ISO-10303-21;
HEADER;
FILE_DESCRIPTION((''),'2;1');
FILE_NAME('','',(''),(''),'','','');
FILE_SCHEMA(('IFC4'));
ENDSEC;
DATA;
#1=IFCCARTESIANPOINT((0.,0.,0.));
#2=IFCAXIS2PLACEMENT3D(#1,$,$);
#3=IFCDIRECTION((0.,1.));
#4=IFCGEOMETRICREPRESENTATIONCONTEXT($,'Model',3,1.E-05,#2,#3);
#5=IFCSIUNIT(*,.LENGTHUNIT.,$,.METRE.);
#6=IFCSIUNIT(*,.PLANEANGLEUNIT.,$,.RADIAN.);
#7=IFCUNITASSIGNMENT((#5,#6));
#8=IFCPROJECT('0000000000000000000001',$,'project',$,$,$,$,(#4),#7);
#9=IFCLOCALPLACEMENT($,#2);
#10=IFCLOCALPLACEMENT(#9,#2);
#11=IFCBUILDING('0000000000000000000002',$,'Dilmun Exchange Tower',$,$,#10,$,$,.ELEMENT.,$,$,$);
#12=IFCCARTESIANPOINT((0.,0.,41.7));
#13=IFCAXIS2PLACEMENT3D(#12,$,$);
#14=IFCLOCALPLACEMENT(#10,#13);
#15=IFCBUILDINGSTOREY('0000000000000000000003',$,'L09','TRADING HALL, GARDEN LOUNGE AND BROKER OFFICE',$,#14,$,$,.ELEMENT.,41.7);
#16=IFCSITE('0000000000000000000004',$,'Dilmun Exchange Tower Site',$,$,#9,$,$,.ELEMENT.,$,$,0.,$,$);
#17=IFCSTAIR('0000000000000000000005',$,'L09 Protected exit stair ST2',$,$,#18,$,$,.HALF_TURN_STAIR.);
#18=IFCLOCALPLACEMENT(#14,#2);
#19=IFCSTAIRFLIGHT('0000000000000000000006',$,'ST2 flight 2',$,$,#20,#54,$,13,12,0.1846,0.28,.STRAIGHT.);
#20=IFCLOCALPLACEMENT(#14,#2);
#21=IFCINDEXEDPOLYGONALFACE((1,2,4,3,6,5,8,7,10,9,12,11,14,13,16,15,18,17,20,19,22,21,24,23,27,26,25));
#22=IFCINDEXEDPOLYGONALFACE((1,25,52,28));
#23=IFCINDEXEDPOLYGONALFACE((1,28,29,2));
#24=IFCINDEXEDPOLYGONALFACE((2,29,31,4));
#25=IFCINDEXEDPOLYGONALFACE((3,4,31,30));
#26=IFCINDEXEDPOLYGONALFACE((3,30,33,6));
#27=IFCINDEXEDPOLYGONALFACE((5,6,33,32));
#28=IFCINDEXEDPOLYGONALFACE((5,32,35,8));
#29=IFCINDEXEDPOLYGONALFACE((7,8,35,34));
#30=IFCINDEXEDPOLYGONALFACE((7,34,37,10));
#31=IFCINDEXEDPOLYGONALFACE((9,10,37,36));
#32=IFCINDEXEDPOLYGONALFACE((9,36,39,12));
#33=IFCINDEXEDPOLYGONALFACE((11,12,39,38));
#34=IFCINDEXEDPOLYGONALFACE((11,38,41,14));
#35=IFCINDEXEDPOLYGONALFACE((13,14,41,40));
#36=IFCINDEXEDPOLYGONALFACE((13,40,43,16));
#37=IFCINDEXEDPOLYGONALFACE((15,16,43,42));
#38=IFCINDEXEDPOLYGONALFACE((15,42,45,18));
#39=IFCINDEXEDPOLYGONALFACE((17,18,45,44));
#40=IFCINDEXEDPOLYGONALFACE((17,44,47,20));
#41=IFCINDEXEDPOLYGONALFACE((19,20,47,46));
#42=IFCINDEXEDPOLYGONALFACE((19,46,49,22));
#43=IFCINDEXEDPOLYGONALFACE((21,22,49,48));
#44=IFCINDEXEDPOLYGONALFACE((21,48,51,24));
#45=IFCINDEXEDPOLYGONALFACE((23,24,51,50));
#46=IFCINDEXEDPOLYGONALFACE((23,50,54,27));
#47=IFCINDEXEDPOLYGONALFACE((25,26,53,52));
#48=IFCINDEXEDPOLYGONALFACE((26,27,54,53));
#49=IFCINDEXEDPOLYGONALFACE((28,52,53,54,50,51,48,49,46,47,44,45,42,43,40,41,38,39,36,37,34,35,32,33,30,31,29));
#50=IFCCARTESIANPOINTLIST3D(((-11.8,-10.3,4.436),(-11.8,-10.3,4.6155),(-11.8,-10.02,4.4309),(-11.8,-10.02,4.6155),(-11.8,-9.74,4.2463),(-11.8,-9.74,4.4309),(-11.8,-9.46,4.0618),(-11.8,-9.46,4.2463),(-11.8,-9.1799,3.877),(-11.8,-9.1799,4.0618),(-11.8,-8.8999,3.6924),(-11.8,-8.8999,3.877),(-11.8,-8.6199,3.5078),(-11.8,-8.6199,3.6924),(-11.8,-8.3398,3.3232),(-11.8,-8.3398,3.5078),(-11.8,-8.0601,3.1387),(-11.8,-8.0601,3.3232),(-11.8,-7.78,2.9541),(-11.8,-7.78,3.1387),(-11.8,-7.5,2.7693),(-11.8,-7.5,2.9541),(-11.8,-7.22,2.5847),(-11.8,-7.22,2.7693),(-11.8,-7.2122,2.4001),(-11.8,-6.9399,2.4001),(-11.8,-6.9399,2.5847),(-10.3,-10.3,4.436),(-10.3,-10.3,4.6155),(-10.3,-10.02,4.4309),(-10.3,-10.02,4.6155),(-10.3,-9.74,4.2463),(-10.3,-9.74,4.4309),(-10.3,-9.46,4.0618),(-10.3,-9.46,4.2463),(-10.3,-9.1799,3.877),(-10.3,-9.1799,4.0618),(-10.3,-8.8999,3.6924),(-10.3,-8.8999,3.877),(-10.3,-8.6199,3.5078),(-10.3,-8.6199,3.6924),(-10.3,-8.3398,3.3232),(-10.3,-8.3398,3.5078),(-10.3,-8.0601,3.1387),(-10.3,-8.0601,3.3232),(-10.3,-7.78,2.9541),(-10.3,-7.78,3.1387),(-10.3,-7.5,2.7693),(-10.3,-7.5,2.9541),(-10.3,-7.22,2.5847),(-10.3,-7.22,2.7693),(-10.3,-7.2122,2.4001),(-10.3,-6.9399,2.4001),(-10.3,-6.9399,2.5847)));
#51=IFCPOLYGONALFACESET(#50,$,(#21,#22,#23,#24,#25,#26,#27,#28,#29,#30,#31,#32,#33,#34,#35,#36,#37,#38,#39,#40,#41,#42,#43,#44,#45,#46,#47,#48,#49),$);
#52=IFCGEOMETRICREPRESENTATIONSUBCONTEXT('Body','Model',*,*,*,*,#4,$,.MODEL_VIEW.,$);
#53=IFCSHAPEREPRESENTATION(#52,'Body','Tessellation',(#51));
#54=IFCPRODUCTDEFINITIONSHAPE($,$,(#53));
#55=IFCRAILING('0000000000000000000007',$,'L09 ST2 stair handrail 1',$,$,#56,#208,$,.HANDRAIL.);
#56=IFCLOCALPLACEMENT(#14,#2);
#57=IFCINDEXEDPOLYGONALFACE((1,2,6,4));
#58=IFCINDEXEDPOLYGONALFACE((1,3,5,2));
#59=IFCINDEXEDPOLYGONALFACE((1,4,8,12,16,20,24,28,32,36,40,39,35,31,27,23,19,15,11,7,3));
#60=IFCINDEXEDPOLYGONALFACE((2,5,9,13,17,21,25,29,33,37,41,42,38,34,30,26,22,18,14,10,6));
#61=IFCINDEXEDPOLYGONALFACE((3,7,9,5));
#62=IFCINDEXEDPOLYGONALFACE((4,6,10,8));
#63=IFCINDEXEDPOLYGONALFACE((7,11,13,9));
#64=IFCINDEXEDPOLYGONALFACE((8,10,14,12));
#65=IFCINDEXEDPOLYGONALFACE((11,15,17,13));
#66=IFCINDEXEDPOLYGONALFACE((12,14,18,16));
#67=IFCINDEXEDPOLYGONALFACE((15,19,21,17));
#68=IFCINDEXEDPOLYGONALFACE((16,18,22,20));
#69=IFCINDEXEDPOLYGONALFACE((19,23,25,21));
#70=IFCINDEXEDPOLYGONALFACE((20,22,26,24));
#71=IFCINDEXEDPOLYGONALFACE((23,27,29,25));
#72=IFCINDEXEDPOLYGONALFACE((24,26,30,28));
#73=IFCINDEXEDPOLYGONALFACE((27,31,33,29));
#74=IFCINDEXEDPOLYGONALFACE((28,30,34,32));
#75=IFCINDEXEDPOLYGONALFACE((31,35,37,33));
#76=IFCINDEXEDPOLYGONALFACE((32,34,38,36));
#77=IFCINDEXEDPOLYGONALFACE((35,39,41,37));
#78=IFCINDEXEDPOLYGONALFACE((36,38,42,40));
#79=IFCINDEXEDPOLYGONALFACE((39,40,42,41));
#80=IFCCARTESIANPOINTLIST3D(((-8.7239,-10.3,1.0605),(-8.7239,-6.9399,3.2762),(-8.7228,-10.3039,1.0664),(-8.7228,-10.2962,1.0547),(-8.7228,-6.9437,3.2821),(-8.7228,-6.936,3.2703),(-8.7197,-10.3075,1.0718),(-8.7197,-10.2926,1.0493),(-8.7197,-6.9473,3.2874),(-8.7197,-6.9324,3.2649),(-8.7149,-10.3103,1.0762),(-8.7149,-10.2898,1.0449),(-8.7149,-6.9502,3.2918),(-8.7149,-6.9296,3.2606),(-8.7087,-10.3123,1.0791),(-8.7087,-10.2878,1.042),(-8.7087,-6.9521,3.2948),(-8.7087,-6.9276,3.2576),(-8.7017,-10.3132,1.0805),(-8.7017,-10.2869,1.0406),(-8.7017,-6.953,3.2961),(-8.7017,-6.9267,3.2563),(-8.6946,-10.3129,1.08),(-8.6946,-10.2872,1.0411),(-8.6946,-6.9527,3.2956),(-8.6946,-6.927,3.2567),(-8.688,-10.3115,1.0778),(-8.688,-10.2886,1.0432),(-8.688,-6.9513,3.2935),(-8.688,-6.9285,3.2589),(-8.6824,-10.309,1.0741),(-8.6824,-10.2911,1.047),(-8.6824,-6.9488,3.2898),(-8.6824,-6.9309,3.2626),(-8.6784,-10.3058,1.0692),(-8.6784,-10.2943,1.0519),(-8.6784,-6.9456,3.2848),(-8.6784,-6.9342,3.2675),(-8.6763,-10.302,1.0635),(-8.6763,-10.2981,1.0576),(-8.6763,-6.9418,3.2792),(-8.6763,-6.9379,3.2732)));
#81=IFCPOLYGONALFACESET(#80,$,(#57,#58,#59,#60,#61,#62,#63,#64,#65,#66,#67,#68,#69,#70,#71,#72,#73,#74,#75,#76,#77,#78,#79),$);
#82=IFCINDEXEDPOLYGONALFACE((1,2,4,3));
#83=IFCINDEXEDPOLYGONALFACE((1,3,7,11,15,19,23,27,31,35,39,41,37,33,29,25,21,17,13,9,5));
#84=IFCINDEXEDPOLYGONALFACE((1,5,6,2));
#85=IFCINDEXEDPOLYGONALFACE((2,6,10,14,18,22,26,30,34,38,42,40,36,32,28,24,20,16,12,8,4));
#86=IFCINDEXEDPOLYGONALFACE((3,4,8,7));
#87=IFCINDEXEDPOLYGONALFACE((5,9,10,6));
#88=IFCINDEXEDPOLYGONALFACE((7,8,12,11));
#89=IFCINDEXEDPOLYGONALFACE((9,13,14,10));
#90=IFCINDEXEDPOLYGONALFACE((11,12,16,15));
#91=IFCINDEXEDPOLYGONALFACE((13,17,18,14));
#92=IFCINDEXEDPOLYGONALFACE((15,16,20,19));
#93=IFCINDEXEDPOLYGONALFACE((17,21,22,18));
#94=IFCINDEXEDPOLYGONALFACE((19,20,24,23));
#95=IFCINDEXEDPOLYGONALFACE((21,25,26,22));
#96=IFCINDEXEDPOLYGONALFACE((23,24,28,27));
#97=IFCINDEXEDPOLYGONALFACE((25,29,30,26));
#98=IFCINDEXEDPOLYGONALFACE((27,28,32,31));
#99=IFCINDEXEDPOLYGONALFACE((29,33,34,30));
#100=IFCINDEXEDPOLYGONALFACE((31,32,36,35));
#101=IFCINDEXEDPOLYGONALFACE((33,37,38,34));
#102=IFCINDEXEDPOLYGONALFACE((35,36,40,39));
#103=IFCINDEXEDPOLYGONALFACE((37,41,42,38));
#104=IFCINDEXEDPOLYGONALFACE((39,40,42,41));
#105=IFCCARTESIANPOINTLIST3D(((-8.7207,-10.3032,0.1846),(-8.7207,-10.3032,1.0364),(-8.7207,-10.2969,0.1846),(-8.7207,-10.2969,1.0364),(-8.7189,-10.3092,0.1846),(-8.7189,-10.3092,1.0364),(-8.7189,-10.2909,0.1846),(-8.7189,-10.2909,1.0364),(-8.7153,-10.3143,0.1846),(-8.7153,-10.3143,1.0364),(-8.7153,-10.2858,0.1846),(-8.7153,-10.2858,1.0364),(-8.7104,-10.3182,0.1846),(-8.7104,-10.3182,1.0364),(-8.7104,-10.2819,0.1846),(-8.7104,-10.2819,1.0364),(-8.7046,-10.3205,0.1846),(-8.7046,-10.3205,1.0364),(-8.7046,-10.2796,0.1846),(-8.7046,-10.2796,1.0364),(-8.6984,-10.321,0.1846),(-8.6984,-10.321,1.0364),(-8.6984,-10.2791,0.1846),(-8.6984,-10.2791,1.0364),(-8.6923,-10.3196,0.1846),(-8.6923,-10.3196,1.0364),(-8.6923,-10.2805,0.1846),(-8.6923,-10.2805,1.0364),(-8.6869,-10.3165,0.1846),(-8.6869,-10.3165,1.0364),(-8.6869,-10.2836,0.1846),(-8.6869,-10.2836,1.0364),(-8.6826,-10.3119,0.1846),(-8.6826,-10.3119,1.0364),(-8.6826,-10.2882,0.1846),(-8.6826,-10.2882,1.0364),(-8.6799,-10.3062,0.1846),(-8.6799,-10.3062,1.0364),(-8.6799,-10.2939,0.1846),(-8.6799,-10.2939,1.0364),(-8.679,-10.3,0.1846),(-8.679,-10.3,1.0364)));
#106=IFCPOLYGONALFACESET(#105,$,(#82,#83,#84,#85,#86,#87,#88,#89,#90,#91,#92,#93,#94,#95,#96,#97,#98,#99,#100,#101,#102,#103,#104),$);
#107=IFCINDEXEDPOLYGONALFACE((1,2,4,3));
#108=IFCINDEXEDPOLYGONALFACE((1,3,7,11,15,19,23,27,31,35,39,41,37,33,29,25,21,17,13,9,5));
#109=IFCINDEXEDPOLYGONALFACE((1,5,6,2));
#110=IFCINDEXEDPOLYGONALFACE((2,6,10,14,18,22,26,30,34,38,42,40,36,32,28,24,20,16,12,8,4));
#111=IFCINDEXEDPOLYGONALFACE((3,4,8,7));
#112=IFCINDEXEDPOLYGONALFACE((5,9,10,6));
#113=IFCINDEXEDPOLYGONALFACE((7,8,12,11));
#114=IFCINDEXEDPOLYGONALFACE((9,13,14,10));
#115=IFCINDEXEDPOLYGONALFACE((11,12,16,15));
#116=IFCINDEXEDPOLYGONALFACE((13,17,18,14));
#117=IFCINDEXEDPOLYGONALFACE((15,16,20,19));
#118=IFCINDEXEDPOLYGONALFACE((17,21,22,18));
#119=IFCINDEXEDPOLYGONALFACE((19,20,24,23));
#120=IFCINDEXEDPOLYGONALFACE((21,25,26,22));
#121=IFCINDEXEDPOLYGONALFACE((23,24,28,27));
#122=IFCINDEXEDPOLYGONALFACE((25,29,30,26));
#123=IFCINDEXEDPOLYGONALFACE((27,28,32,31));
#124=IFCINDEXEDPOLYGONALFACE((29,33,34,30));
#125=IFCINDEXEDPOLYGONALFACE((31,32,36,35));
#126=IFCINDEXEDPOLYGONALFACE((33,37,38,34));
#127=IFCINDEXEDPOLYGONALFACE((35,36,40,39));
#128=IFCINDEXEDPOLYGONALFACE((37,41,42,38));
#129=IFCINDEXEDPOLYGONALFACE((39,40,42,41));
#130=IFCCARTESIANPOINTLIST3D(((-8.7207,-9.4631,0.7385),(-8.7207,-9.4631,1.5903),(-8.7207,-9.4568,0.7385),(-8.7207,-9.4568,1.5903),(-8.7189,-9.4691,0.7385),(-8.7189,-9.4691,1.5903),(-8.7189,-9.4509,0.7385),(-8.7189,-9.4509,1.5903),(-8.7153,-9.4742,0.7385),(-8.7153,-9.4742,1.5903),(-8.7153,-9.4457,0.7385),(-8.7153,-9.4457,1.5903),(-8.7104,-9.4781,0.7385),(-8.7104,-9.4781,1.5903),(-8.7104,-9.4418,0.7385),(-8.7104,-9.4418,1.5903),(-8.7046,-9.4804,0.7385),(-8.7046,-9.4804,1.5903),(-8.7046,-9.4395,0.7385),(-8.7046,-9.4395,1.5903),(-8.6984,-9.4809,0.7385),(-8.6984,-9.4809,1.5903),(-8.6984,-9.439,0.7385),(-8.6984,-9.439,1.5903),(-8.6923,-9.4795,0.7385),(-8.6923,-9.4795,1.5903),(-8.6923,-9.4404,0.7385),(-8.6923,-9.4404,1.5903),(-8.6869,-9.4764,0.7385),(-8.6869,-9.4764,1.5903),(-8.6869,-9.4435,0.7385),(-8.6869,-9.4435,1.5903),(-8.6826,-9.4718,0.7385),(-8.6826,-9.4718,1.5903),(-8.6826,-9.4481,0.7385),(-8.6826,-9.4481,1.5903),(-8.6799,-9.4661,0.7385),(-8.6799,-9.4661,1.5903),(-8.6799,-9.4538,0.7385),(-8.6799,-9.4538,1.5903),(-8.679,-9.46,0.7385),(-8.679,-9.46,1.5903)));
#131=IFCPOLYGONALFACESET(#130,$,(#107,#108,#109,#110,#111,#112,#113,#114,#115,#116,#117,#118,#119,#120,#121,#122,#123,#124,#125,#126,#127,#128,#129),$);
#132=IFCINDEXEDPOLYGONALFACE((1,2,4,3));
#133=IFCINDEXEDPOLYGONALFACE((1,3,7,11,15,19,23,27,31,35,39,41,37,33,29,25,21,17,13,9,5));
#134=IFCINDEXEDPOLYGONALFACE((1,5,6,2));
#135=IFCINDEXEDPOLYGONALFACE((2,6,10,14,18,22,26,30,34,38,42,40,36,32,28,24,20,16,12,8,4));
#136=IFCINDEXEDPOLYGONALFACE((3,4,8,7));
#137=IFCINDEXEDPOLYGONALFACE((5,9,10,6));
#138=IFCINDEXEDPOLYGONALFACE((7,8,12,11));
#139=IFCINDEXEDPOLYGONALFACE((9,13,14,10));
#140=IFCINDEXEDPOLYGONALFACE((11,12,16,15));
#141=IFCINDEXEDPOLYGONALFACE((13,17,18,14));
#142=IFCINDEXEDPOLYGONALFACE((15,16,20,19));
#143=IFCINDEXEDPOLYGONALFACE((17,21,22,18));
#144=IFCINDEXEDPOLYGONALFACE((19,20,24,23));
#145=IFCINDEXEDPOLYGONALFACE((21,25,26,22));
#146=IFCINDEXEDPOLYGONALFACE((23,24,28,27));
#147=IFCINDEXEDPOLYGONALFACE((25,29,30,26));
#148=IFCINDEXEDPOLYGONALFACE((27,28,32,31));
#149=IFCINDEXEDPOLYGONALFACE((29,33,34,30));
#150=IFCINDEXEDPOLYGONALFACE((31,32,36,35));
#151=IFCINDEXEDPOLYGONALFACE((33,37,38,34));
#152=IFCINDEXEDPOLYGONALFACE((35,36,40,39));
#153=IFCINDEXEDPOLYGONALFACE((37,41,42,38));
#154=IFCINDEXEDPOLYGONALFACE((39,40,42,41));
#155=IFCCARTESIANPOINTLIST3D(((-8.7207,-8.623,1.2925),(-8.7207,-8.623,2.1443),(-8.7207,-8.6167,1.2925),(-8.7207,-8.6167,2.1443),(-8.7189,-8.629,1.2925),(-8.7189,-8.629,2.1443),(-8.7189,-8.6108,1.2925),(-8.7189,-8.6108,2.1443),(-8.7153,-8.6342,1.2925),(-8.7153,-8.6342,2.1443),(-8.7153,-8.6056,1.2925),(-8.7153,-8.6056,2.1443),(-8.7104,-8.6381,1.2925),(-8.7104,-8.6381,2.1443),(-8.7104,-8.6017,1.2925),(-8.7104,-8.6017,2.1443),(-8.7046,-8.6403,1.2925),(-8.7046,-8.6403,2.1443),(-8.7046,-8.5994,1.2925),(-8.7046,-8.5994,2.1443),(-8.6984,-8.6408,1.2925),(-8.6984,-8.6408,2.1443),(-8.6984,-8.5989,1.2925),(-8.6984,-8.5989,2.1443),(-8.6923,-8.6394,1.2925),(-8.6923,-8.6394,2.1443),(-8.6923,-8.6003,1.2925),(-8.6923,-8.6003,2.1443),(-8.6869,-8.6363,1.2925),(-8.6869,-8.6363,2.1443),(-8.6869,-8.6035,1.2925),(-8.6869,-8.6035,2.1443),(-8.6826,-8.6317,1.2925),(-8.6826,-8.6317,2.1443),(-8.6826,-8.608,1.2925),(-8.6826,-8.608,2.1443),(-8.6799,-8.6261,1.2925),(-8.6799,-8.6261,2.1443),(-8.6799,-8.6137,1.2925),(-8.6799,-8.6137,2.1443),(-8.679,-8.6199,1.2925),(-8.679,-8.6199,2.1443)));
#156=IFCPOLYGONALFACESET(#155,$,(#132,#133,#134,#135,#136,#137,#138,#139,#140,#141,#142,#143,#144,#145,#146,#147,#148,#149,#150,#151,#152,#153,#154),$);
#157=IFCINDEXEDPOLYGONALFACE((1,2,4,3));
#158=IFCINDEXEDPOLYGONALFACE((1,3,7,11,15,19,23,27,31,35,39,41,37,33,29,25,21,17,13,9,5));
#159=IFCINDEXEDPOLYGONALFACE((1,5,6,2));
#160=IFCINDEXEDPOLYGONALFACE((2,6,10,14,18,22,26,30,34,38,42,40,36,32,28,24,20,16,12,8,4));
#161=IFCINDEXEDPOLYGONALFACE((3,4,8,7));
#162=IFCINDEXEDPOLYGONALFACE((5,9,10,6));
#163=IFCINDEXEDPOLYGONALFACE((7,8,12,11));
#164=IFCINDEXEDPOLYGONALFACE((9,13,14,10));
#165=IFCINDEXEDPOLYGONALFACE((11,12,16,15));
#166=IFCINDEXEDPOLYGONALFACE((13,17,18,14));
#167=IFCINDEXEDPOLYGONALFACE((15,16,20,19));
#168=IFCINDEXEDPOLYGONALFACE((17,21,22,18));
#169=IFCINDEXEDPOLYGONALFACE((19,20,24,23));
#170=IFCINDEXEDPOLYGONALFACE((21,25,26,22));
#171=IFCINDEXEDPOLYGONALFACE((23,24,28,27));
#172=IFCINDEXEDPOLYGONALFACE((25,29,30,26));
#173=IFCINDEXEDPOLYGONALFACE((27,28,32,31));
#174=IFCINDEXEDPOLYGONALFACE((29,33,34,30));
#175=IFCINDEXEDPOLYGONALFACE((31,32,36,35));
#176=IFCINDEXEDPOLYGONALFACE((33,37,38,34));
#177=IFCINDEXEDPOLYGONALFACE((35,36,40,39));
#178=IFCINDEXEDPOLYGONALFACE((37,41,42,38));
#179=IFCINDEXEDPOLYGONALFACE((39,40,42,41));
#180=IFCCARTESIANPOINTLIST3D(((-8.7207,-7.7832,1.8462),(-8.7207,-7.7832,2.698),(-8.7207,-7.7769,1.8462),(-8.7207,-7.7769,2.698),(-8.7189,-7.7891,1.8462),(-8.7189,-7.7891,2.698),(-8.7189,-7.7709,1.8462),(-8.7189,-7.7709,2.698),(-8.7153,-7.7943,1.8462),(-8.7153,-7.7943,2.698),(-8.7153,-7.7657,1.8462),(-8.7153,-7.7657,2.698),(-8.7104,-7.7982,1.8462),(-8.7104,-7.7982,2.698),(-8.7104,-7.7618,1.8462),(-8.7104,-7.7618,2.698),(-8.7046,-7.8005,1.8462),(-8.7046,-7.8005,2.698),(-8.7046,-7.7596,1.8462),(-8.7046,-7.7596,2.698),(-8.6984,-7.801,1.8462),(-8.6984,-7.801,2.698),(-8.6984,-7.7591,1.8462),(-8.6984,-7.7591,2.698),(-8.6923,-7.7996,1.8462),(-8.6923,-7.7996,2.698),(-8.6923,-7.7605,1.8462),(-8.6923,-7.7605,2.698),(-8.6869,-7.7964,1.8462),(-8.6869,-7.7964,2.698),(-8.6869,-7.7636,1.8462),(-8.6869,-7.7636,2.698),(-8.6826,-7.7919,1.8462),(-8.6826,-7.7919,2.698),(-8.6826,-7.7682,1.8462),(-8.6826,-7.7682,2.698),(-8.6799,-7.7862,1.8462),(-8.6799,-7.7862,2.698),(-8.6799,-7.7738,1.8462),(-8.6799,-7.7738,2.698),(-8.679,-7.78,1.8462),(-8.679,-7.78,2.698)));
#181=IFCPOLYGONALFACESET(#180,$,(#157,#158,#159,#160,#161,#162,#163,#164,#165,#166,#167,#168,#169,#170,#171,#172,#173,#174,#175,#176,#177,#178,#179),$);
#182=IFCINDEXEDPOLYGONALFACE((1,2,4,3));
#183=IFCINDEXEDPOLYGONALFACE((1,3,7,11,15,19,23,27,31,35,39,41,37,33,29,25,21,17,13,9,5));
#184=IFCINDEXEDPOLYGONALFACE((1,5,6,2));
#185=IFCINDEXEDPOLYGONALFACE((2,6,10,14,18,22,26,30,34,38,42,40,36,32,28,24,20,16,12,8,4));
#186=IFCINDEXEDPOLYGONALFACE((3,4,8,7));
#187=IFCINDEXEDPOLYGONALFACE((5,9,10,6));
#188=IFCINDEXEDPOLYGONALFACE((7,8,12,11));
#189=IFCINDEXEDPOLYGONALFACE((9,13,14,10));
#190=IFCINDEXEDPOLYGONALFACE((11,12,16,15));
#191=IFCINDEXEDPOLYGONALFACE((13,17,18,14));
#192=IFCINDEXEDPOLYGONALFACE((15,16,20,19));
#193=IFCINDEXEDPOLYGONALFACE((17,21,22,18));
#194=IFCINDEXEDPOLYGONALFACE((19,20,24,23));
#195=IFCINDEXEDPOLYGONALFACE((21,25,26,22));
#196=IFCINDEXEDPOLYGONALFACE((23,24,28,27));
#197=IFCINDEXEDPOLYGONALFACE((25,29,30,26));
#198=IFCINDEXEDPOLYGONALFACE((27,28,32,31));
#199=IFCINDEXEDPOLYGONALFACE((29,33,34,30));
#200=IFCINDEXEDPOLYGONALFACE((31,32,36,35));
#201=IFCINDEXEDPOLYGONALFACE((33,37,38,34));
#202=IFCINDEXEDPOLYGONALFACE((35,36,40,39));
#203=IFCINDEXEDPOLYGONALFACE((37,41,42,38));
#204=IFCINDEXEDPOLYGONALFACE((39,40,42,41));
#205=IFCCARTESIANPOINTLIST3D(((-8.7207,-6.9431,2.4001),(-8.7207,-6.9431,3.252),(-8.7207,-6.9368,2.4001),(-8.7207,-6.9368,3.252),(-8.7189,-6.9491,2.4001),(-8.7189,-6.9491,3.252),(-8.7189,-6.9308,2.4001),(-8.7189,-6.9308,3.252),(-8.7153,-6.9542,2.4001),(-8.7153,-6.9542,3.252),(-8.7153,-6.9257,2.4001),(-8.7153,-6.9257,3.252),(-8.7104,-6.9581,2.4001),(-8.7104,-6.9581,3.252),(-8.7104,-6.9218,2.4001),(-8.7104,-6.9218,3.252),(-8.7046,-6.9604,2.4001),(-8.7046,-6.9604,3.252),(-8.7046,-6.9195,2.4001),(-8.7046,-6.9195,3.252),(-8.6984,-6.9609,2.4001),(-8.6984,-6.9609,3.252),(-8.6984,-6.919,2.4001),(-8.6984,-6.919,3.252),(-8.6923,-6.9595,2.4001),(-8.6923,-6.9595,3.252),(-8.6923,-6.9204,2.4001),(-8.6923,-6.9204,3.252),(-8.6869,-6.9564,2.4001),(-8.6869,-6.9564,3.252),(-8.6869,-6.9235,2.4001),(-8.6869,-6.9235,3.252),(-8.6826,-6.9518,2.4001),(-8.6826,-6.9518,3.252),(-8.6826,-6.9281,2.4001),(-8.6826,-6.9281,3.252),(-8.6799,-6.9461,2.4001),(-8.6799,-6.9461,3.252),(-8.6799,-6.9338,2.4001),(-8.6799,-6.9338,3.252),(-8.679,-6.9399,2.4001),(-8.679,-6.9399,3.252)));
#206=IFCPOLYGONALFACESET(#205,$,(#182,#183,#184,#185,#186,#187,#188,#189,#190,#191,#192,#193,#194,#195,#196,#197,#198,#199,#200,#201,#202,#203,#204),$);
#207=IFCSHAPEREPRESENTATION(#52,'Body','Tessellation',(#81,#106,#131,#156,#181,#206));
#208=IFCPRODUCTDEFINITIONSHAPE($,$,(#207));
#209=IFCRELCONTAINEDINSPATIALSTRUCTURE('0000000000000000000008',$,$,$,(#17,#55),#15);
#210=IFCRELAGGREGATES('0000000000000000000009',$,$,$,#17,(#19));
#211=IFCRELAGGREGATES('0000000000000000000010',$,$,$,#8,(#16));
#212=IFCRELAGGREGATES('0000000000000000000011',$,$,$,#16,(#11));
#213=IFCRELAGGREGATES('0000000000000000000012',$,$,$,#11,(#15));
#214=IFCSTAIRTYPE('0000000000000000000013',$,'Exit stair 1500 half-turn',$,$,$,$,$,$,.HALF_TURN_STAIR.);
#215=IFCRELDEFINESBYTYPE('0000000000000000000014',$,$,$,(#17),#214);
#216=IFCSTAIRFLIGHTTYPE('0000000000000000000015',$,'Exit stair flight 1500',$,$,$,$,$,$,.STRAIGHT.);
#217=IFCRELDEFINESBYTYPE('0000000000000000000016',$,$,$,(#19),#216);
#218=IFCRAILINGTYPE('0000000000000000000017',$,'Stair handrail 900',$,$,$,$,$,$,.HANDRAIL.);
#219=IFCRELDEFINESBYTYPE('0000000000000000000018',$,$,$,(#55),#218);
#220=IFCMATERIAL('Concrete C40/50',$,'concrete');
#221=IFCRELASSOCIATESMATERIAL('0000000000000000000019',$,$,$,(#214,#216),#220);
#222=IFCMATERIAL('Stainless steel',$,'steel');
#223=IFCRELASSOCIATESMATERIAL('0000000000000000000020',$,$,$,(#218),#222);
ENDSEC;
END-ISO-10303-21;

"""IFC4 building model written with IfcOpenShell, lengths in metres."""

from ifc_helpers import new_model, si_unit, direction, frame, origin, origin_2d, place, context, subcontext, project, spatial, polyline, circle, outline, extrude, material, type_object, element, aggregate, save


model = new_model("IFC4")

# Units and contexts
model_context = context("Model", 3, precision=1e-05, world=origin(), true_north=direction((0.0, 1.0)))
body_context = subcontext(model_context, "Body", "Model", "MODEL_VIEW")
ifc_project = project(units=[si_unit("LENGTHUNIT", "METRE"), si_unit("PLANEANGLEUNIT", "RADIAN")], contexts=[model_context])

# Site, building, storey
site_placement = place(None, origin())
site = spatial("IfcSite", under=ifc_project, at=site_placement, Name="Dilmun Exchange Tower Site", CompositionType="ELEMENT", RefElevation=0.0)
building_placement = place(site_placement, origin())
building = spatial("IfcBuilding", under=site, at=building_placement, Name="Dilmun Exchange Tower", CompositionType="ELEMENT")
storey_placement = place(building_placement, frame((0.0, 0.0, 41.7)))
storey = spatial("IfcBuildingStorey", under=building, at=storey_placement, Name="L09", Description="TRADING HALL, GARDEN LOUNGE AND BROKER OFFICE", CompositionType="ELEMENT", Elevation=41.7)

# Shared definitions
ifc_material_1 = material(Name="Concrete C40/50", Category="concrete")

# Stair, stair flight
stair_type = type_object("IfcStairType", Name="Exit stair 1500 half-turn", PredefinedType="HALF_TURN_STAIR", material=ifc_material_1)
stair_placement = place(storey_placement, origin())
stair = element("IfcStair", 1, at=stair_placement, inside=storey, type_object=stair_type, Name="L09 Protected exit stair ST2", PredefinedType="HALF_TURN_STAIR")
stair_flight_type = type_object("IfcStairFlightType", Name="Exit stair flight 1500", PredefinedType="STRAIGHT", material=ifc_material_1)
stair_flight_placement = place(storey_placement, frame((-11.05, -6.9399, 2.4001), z_axis=(0.0, 0.0, 1.0), x_axis=(0.0, -1.0, 0.0)))
stair_flight = element("IfcStairFlight", 2, at=stair_flight_placement, type_object=stair_flight_type, Name="ST2 flight 2", NumberOfRisers=13, NumberOfTreads=12, PredefinedType="STRAIGHT", RiserHeight=0.1846, TreadLength=0.28, context=body_context, shape_type="SweptSolid", body=[
    extrude(outline(polyline([(0.0, 0.0), (0.0, 0.1846), (0.28, 0.1846), (0.28, 0.3691), (0.5601, 0.3691), (0.5601, 0.554), (0.8401, 0.554), (0.8401, 0.7385), (1.1201, 0.7385), (1.1201, 0.9231), (1.3999, 0.9231), (1.3999, 1.1077), (1.6799, 1.1077), (1.6799, 1.2922), (1.96, 1.2922), (1.96, 1.4768), (2.24, 1.4768), (2.24, 1.6616), (2.52, 1.6616), (2.52, 1.8462), (2.8, 1.8462), (2.8, 2.0308), (3.0801, 2.0308), (3.0801, 2.2153), (3.3601, 2.2153), (3.3601, 2.3999), (3.3601, 2.0359), (0.2722, 0.0), (0.0, 0.0)])), frame((0.0, 0.75, 0.0), z_axis=(0.0, -1.0, 0.0), x_axis=(1.0, 0.0, 0.0)), (0.0, 0.0, 1.0), 1.5),
])
aggregate(stair, [stair_flight])

# Railing
ifc_material_2 = material(Name="Stainless steel", Category="steel")
railing_type = type_object("IfcRailingType", Name="Stair handrail 900", PredefinedType="HANDRAIL", material=ifc_material_2)
railing_1_placement = place(storey_placement, frame((-8.7, -10.3, 0.1846)))
element("IfcRailing", 3, at=railing_1_placement, inside=storey, type_object=railing_type, Name="L09 ST2 stair handrail 1", PredefinedType="HANDRAIL", context=body_context, shape_type="SweptSolid", body=[
    extrude(circle(Radius=0.0239, at=origin_2d()), frame((0.0, 0.0, 0.876), z_axis=(0.0, 0.834849, 0.55048), x_axis=(-1.0, 0.0, 0.0)), (0.0, 0.0, 1.0), 4.0249),
    extrude(circle(Radius=0.021, at=origin_2d()), origin(), (0.0, 0.0, 1.0), 0.8518),
    extrude(circle(Radius=0.021, at=origin_2d()), frame((0.0, 0.8401, 0.554)), (0.0, 0.0, 1.0), 0.8518),
    extrude(circle(Radius=0.021, at=origin_2d()), frame((0.0, 1.6802, 1.1079)), (0.0, 0.0, 1.0), 0.8518),
    extrude(circle(Radius=0.021, at=origin_2d()), frame((0.0, 2.52, 1.6616)), (0.0, 0.0, 1.0), 0.8518),
    extrude(circle(Radius=0.021, at=origin_2d()), frame((0.0, 3.3601, 2.2156)), (0.0, 0.0, 1.0), 0.8518),
])

save(model, "model.ifc")
